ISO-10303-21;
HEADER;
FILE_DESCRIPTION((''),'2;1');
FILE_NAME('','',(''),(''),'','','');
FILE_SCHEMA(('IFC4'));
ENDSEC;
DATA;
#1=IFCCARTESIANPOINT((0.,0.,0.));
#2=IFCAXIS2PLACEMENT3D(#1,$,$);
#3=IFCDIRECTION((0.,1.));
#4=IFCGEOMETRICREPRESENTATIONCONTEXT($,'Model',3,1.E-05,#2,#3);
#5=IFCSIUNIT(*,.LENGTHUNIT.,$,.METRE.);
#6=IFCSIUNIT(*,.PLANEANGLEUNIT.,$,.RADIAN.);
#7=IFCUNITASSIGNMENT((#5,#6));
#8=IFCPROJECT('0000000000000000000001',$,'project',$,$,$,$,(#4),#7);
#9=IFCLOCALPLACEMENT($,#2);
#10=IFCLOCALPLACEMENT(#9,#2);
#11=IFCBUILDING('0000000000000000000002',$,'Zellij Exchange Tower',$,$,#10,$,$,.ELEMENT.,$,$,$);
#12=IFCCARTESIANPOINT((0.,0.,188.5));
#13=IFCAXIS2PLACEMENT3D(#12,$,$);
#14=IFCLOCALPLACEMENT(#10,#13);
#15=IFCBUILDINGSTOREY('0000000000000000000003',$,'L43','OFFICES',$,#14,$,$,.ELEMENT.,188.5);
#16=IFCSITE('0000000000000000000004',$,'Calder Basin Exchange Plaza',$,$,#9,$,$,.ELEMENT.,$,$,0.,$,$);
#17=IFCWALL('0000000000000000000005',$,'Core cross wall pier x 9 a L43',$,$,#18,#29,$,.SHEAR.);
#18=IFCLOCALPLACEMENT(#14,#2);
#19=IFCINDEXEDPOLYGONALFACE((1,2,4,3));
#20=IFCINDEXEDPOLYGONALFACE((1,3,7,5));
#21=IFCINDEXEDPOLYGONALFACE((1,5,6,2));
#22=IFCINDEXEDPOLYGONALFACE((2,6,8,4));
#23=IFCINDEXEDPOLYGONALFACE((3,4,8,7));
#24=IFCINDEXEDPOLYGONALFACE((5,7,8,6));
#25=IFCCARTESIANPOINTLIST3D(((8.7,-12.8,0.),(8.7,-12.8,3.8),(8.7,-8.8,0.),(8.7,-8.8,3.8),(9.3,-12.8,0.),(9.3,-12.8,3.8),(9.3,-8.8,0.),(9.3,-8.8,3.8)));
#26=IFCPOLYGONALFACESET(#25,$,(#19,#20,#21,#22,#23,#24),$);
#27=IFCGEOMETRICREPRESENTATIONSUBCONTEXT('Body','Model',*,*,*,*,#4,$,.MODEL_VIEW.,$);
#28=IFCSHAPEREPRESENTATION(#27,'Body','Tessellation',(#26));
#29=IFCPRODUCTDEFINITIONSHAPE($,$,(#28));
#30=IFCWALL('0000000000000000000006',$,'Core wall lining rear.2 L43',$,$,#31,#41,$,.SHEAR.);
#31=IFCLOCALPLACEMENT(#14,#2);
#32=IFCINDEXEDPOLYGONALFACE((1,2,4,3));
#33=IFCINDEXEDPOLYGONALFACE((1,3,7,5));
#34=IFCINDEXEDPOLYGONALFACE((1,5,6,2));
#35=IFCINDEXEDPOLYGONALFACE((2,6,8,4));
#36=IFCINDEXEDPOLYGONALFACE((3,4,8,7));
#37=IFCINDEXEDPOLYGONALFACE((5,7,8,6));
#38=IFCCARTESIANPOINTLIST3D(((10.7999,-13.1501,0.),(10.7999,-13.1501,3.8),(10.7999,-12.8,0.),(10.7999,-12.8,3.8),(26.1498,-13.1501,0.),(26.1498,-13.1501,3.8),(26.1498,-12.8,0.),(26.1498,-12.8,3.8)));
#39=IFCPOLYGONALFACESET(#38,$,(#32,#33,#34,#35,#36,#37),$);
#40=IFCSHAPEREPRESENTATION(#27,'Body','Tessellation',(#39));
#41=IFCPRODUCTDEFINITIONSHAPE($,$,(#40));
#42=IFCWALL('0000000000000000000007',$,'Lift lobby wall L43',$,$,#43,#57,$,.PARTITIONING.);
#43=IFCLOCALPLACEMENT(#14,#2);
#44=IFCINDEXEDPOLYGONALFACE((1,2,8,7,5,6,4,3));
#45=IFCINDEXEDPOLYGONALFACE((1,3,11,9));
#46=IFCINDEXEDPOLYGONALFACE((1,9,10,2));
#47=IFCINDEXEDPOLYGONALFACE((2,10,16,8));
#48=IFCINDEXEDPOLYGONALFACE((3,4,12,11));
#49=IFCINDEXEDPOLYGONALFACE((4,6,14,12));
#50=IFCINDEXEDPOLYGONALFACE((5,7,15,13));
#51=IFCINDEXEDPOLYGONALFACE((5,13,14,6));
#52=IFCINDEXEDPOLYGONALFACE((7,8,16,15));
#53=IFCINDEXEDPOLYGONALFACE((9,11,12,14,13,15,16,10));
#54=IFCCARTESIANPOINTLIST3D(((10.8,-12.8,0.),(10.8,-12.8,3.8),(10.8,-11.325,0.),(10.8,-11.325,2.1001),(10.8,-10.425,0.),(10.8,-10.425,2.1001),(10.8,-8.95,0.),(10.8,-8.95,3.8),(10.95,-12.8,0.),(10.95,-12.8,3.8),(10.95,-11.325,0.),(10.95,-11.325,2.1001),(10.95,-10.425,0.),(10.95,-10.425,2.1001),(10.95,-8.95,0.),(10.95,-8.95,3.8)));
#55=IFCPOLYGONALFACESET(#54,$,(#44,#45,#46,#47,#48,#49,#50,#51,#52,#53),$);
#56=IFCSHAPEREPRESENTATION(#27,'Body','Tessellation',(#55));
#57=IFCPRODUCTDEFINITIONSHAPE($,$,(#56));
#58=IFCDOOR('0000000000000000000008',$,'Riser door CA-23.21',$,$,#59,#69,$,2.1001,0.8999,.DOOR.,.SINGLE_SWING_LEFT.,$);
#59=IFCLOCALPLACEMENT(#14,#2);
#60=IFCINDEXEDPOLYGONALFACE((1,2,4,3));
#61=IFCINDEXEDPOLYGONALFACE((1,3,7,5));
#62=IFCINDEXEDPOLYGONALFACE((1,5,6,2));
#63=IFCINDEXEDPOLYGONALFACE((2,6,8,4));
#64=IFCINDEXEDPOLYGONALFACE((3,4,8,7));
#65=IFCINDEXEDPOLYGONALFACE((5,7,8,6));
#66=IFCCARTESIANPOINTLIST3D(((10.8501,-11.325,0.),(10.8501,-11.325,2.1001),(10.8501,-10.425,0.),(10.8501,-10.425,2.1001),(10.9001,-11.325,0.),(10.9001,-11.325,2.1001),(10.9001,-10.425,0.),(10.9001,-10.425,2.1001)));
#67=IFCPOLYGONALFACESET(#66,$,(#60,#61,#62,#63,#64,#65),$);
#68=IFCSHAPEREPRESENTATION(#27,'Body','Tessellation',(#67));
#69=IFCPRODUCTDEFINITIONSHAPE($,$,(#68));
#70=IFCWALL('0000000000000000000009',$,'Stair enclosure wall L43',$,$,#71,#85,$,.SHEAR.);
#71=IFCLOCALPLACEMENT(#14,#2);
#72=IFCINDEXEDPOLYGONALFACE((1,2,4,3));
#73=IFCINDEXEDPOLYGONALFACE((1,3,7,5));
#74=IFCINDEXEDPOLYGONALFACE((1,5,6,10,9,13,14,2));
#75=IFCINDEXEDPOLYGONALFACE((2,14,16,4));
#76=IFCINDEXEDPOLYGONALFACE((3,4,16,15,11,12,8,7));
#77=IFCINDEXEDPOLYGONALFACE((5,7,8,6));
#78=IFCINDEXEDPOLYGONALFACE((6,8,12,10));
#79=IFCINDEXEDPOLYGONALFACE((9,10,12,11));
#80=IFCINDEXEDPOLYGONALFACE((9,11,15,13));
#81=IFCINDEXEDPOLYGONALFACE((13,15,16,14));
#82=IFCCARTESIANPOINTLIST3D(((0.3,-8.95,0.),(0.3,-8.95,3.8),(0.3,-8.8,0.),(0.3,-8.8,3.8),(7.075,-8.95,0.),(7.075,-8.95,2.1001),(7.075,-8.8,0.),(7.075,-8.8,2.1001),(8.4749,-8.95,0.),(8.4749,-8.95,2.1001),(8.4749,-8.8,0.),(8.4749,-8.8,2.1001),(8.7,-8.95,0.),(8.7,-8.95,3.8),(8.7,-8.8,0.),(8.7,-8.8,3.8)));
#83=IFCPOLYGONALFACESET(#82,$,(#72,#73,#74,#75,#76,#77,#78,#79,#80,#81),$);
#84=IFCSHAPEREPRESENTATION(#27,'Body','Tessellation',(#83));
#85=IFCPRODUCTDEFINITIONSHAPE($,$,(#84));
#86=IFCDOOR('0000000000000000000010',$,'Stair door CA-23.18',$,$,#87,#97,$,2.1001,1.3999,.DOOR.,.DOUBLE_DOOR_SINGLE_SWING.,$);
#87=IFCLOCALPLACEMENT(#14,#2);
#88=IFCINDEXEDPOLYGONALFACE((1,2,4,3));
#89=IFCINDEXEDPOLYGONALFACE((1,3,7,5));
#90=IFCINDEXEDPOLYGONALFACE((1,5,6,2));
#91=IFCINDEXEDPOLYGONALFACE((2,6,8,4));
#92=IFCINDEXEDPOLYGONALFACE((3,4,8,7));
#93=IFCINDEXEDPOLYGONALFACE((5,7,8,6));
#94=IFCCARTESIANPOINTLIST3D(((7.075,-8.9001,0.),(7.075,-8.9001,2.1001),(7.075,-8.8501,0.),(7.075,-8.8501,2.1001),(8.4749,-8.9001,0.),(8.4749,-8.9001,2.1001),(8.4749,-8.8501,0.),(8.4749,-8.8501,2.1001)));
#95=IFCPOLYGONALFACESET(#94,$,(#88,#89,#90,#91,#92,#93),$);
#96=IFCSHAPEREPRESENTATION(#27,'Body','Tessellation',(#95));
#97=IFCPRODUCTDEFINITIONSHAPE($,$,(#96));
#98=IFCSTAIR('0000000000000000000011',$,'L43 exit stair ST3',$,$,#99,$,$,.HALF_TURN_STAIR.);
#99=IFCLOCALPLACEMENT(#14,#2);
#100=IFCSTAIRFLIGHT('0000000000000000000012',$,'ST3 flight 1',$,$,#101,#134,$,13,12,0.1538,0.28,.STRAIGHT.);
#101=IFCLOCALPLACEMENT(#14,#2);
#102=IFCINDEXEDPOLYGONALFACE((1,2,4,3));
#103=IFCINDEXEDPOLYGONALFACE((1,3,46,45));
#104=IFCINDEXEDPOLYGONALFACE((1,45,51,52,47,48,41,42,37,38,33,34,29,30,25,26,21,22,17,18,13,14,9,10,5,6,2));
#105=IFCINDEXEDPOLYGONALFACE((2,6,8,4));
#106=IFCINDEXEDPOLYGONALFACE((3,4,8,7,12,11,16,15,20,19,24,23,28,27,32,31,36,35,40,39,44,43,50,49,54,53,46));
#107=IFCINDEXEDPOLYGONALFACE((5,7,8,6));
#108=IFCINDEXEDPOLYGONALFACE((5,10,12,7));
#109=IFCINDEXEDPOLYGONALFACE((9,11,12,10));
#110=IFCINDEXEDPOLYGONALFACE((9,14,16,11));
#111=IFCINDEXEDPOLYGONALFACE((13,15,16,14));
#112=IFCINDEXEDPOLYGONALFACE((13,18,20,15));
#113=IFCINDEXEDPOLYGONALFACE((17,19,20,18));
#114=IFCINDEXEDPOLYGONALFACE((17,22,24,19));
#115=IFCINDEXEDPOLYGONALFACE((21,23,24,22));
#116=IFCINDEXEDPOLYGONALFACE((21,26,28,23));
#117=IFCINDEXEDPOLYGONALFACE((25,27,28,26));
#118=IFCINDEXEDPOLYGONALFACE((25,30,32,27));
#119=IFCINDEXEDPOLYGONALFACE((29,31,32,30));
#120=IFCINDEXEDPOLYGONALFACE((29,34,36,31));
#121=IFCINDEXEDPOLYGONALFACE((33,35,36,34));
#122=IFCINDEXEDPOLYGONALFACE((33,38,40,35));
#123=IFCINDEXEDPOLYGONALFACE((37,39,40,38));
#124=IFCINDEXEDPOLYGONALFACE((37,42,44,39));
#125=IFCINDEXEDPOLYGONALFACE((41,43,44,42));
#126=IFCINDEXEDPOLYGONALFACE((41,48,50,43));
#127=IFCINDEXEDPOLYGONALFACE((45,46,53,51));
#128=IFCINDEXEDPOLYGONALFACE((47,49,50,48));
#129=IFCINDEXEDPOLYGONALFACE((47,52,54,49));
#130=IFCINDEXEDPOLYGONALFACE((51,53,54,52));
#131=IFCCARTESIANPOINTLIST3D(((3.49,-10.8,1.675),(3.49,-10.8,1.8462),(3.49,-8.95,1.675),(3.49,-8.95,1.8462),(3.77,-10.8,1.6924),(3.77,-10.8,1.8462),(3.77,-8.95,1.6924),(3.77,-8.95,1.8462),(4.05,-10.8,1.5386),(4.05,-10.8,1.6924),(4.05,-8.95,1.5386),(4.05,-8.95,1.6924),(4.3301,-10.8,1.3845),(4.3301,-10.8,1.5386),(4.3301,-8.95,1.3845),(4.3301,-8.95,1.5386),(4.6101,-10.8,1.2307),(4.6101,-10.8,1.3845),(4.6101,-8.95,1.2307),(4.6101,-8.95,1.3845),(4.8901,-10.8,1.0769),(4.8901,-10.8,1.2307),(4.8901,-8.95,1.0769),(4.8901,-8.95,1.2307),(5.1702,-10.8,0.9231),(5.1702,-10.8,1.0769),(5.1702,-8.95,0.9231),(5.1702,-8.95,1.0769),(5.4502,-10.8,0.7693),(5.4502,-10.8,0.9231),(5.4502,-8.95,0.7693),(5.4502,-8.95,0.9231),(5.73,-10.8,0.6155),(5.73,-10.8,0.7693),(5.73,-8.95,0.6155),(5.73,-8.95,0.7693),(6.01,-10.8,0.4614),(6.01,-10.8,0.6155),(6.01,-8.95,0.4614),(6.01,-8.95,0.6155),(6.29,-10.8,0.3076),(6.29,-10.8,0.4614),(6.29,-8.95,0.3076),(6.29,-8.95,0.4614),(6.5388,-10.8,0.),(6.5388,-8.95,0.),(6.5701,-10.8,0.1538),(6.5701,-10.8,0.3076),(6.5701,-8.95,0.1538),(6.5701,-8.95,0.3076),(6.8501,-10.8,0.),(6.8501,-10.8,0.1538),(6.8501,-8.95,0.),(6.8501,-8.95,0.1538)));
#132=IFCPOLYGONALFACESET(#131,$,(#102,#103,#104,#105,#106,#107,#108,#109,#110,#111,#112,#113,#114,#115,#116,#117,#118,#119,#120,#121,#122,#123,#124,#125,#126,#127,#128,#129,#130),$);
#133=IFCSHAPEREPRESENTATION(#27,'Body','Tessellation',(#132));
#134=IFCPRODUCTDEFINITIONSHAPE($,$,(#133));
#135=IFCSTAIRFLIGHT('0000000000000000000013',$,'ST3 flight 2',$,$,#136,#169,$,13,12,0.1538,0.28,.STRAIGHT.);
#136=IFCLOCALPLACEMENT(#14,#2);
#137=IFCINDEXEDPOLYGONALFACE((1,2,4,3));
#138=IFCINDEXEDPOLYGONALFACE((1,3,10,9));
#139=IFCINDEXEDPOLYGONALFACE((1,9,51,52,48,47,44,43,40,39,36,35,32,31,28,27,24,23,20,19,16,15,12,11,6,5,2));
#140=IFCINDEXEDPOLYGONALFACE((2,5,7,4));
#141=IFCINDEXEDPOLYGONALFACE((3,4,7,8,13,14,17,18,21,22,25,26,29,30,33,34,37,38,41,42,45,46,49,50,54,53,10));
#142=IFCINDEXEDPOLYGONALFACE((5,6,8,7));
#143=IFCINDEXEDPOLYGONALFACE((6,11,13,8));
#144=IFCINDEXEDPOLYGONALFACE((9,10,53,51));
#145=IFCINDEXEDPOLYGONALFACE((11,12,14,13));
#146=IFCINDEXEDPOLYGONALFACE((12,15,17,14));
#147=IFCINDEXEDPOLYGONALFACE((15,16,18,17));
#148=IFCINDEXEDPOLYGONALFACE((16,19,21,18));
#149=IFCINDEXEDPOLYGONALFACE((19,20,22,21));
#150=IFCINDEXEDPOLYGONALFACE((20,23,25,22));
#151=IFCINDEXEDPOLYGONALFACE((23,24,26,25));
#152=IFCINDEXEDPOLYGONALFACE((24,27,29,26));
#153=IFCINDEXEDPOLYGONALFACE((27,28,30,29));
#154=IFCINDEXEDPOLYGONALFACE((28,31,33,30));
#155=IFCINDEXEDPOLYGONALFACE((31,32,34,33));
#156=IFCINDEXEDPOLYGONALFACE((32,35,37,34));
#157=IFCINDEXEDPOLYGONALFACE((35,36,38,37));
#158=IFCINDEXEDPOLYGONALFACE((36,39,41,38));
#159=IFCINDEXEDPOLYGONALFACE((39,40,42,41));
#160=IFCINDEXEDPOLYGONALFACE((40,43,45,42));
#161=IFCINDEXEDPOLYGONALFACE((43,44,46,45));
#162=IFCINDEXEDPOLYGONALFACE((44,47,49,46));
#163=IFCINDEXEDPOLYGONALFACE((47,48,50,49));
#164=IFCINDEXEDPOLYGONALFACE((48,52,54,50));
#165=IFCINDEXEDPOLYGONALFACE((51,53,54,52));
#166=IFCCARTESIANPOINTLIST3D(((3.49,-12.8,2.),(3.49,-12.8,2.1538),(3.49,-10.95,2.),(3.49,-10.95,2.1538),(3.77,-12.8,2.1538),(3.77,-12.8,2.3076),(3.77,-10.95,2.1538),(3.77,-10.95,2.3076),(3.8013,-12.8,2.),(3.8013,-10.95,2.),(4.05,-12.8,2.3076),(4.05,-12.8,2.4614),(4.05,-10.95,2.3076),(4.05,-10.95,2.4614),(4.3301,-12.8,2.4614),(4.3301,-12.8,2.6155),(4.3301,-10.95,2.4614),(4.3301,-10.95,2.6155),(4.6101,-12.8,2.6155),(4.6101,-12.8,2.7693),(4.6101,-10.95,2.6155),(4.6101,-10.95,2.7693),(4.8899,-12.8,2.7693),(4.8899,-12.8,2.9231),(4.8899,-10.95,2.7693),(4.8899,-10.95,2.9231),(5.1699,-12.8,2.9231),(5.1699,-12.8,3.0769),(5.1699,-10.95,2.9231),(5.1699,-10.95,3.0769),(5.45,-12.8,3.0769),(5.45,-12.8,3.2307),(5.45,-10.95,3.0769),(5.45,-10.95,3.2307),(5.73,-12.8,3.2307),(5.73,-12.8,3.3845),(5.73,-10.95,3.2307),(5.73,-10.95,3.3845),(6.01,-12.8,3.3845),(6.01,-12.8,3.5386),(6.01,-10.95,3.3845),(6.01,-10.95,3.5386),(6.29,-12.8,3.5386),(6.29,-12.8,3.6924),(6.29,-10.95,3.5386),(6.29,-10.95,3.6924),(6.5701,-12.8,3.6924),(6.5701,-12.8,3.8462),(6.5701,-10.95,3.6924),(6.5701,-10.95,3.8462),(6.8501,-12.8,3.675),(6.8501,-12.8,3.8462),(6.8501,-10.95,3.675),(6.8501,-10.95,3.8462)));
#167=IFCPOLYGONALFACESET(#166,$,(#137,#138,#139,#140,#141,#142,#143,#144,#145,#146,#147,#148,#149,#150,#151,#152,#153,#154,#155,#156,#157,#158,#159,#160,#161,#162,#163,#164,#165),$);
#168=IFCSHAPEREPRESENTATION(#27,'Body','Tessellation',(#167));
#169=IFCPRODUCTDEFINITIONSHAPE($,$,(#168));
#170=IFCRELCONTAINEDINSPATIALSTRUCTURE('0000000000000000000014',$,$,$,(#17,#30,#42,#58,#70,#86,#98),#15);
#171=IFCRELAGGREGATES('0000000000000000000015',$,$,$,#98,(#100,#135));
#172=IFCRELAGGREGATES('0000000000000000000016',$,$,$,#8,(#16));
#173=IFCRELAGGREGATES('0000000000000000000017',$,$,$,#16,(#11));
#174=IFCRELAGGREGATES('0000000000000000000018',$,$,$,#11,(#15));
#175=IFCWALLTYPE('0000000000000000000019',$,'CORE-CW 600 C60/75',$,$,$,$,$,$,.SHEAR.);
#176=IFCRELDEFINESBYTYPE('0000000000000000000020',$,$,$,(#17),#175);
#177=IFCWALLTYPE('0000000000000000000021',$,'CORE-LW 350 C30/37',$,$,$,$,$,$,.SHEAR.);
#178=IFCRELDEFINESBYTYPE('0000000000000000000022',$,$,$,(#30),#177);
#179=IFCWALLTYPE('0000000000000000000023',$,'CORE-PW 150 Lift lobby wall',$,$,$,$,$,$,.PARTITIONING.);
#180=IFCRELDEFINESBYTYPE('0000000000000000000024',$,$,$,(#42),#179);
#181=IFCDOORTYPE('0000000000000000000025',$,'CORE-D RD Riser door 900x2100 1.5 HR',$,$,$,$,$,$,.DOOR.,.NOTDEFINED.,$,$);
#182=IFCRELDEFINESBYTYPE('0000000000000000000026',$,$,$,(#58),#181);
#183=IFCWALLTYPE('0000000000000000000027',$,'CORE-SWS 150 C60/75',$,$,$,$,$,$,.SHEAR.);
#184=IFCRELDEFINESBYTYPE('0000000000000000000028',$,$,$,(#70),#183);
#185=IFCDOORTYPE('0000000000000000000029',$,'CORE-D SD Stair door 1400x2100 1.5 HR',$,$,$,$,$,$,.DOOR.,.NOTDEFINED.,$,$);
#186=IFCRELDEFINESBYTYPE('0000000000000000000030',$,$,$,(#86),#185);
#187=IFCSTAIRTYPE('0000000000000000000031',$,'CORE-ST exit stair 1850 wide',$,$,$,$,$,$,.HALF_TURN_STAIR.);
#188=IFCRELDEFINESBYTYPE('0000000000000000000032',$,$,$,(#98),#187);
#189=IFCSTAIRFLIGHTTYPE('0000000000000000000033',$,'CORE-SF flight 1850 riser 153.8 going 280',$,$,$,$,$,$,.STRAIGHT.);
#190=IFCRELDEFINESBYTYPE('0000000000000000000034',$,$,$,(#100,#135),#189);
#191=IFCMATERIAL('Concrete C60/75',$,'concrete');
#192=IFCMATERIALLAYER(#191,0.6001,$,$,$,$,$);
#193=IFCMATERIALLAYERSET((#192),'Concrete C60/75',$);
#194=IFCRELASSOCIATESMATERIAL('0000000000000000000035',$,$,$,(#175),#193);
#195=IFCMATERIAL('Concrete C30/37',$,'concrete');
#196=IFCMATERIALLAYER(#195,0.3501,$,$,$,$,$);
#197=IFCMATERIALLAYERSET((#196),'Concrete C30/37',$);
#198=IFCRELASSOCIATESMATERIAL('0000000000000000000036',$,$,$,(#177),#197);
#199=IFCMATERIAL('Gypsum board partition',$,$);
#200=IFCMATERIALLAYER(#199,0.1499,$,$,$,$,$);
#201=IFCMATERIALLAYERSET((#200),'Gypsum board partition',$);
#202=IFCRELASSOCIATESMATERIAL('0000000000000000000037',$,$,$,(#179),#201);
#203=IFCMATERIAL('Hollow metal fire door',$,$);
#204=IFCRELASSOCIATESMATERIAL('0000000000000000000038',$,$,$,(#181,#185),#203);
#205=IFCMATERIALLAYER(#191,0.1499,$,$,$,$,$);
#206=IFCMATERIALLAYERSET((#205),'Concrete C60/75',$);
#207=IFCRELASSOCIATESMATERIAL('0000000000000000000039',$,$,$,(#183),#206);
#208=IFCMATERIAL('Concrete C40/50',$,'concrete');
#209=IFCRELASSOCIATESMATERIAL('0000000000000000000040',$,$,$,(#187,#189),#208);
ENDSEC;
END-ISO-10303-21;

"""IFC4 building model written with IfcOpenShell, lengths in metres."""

from ifc_helpers import new_model, si_unit, direction, frame, frame_2d, origin, place, context, subcontext, project, spatial, polyline, rectangle, outline, extrude, material, layer, layer_set, type_object, element, fill, aggregate, save


model = new_model("IFC4")

# Units and contexts
model_context = context("Model", 3, precision=1e-05, world=origin(), true_north=direction((0.0, 1.0)))
body_context = subcontext(model_context, "Body", "Model", "MODEL_VIEW")
ifc_project = project(units=[si_unit("LENGTHUNIT", "METRE"), si_unit("PLANEANGLEUNIT", "RADIAN")], contexts=[model_context])

# Site, building, storey
site_placement = place(None, origin())
site = spatial("IfcSite", under=ifc_project, at=site_placement, Name="Calder Basin Exchange Plaza", CompositionType="ELEMENT", RefElevation=0.0)
building_placement = place(site_placement, origin())
building = spatial("IfcBuilding", under=site, at=building_placement, Name="Zellij Exchange Tower", CompositionType="ELEMENT")
storey_placement = place(building_placement, frame((0.0, 0.0, 188.5)))
storey = spatial("IfcBuildingStorey", under=building, at=storey_placement, Name="L43", Description="OFFICES", CompositionType="ELEMENT", Elevation=188.5)

# Walls
ifc_material_1 = material(Name="Concrete C60/75", Category="concrete")
ifc_layer_1 = layer(ifc_material_1, 0.6001)
ifc_layer_set_1 = layer_set([ifc_layer_1], Name="Concrete C60/75")
wall_type_1 = type_object("IfcWallType", Name="CORE-CW 600 C60/75", PredefinedType="SHEAR", material=ifc_layer_set_1)
wall_1_placement = place(storey_placement, frame((9.0, -12.8, 0.0), z_axis=(0.0, 0.0, 1.0), x_axis=(0.0, 1.0, 0.0)))
element("IfcWall", 1, at=wall_1_placement, inside=storey, type_object=wall_type_1, Name="Core cross wall pier x 9 a L43", PredefinedType="SHEAR", context=body_context, shape_type="SweptSolid", body=[
    extrude(rectangle(XDim=4.0, YDim=0.6001, at=frame_2d((2.0, 0.0))), origin(), (0.0, 0.0, 1.0), 3.8),
])
ifc_material_2 = material(Name="Concrete C30/37", Category="concrete")
ifc_layer_2 = layer(ifc_material_2, 0.3501)
ifc_layer_set_2 = layer_set([ifc_layer_2], Name="Concrete C30/37")
wall_type_2 = type_object("IfcWallType", Name="CORE-LW 350 C30/37", PredefinedType="SHEAR", material=ifc_layer_set_2)
wall_2_placement = place(storey_placement, frame((10.8, -12.9751, 0.0), z_axis=(0.0, 0.0, 1.0), x_axis=(1.0, 0.0, 0.0)))
element("IfcWall", 2, at=wall_2_placement, inside=storey, type_object=wall_type_2, Name="Core wall lining rear.2 L43", PredefinedType="SHEAR", context=body_context, shape_type="SweptSolid", body=[
    extrude(rectangle(XDim=15.3499, YDim=0.3501, at=frame_2d((7.6748, 0.0))), origin(), (0.0, 0.0, 1.0), 3.8),
])

# Walls, openings, doors
ifc_material_3 = material(Name="Gypsum board partition")
ifc_layer_3 = layer(ifc_material_3, 0.1499)
ifc_layer_set_3 = layer_set([ifc_layer_3], Name="Gypsum board partition")
wall_type_3 = type_object("IfcWallType", Name="CORE-PW 150 Lift lobby wall", PredefinedType="PARTITIONING", material=ifc_layer_set_3)
wall_3_placement = place(storey_placement, frame((10.875, -12.8, 0.0), z_axis=(0.0, 0.0, 1.0), x_axis=(0.0, 1.0, 0.0)))
wall_3 = element("IfcWall", 3, at=wall_3_placement, inside=storey, type_object=wall_type_3, Name="Lift lobby wall L43", PredefinedType="PARTITIONING", context=body_context, shape_type="SweptSolid", body=[
    extrude(rectangle(XDim=3.8501, YDim=0.1499, at=frame_2d((1.925, 0.0))), origin(), (0.0, 0.0, 1.0), 3.8),
])
opening_1_placement = place(wall_3_placement, frame((1.4751, 0.0, 0.0)))
opening_1 = element("IfcOpeningElement", 4, at=opening_1_placement, cuts=wall_3, PredefinedType="OPENING", context=body_context, shape_type="SweptSolid", body=[
    extrude(rectangle(XDim=0.8999, YDim=2.1001, at=frame_2d((0.45, 1.05))), frame((0.0, 0.0869, 0.0), z_axis=(0.0, -1.0, 0.0), x_axis=(1.0, 0.0, 0.0)), (0.0, 0.0, 1.0), 0.1738),
])
ifc_material_4 = material(Name="Hollow metal fire door")
door_type_1 = type_object("IfcDoorType", Name="CORE-D RD Riser door 900x2100 1.5 HR", OperationType="NOTDEFINED", PredefinedType="DOOR", material=ifc_material_4)
door_1_placement = place(opening_1_placement, origin())
door_1 = element("IfcDoor", 5, at=door_1_placement, inside=storey, type_object=door_type_1, Name="Riser door CA-23.21", OperationType="SINGLE_SWING_LEFT", OverallHeight=2.1001, OverallWidth=0.8999, PredefinedType="DOOR", context=body_context, shape_type="SweptSolid", body=[
    extrude(rectangle(XDim=0.8999, YDim=2.1001, at=frame_2d((0.45, 1.05))), frame((0.0, 0.0249, 0.0), z_axis=(0.0, -1.0, 0.0), x_axis=(1.0, 0.0, 0.0)), (0.0, 0.0, 1.0), 0.05),
])
fill(opening_1, door_1)
ifc_layer_4 = layer(ifc_material_1, 0.1499)
ifc_layer_set_4 = layer_set([ifc_layer_4], Name="Concrete C60/75")
wall_type_4 = type_object("IfcWallType", Name="CORE-SWS 150 C60/75", PredefinedType="SHEAR", material=ifc_layer_set_4)
wall_4_placement = place(storey_placement, frame((0.3, -8.875, 0.0), z_axis=(0.0, 0.0, 1.0), x_axis=(1.0, 0.0, 0.0)))
wall_4 = element("IfcWall", 6, at=wall_4_placement, inside=storey, type_object=wall_type_4, Name="Stair enclosure wall L43", PredefinedType="SHEAR", context=body_context, shape_type="SweptSolid", body=[
    extrude(rectangle(XDim=8.3999, YDim=0.1499, at=frame_2d((4.2, 0.0))), origin(), (0.0, 0.0, 1.0), 3.8),
])
opening_2_placement = place(wall_4_placement, frame((6.7749, 0.0, 0.0)))
opening_2 = element("IfcOpeningElement", 7, at=opening_2_placement, cuts=wall_4, PredefinedType="OPENING", context=body_context, shape_type="SweptSolid", body=[
    extrude(rectangle(XDim=1.3999, YDim=2.1001, at=frame_2d((0.7, 1.05))), frame((0.0, 0.0869, 0.0), z_axis=(0.0, -1.0, 0.0), x_axis=(1.0, 0.0, 0.0)), (0.0, 0.0, 1.0), 0.1738),
])
door_type_2 = type_object("IfcDoorType", Name="CORE-D SD Stair door 1400x2100 1.5 HR", OperationType="NOTDEFINED", PredefinedType="DOOR", material=ifc_material_4)
door_2_placement = place(opening_2_placement, origin())
door_2 = element("IfcDoor", 8, at=door_2_placement, inside=storey, type_object=door_type_2, Name="Stair door CA-23.18", OperationType="DOUBLE_DOOR_SINGLE_SWING", OverallHeight=2.1001, OverallWidth=1.3999, PredefinedType="DOOR", context=body_context, shape_type="SweptSolid", body=[
    extrude(rectangle(XDim=1.3999, YDim=2.1001, at=frame_2d((0.7, 1.05))), frame((0.0, 0.0249, 0.0), z_axis=(0.0, -1.0, 0.0), x_axis=(1.0, 0.0, 0.0)), (0.0, 0.0, 1.0), 0.05),
])
fill(opening_2, door_2)

# Stair, stair flights
ifc_material_5 = material(Name="Concrete C40/50", Category="concrete")
stair_type = type_object("IfcStairType", Name="CORE-ST exit stair 1850 wide", PredefinedType="HALF_TURN_STAIR", material=ifc_material_5)
stair_placement = place(storey_placement, origin())
stair = element("IfcStair", 9, at=stair_placement, inside=storey, type_object=stair_type, Name="L43 exit stair ST3", PredefinedType="HALF_TURN_STAIR")
stair_flight_type = type_object("IfcStairFlightType", Name="CORE-SF flight 1850 riser 153.8 going 280", PredefinedType="STRAIGHT", material=ifc_material_5)
stair_flight_1_placement = place(storey_placement, frame((6.8501, -9.875, 0.0), z_axis=(0.0, 0.0, 1.0), x_axis=(-1.0, 0.0, 0.0)))
stair_flight_1 = element("IfcStairFlight", 10, at=stair_flight_1_placement, type_object=stair_flight_type, Name="ST3 flight 1", NumberOfRisers=13, NumberOfTreads=12, PredefinedType="STRAIGHT", RiserHeight=0.1538, TreadLength=0.28, context=body_context, shape_type="SweptSolid", body=[
    extrude(outline(polyline([(0.0, 0.0), (0.0, 0.1538), (0.28, 0.1538), (0.28, 0.3076), (0.5601, 0.3076), (0.5601, 0.4614), (0.8401, 0.4614), (0.8401, 0.6155), (1.1201, 0.6155), (1.1201, 0.7693), (1.3999, 0.7693), (1.3999, 0.9231), (1.6799, 0.9231), (1.6799, 1.0769), (1.96, 1.0769), (1.96, 1.2307), (2.24, 1.2307), (2.24, 1.3845), (2.52, 1.3845), (2.52, 1.5386), (2.8, 1.5386), (2.8, 1.6924), (3.0801, 1.6924), (3.0801, 1.8462), (3.3601, 1.8462), (3.3601, 2.0), (3.3601, 1.675), (0.3113, 0.0), (0.0, 0.0)])), frame((0.0, 0.925, 0.0), z_axis=(0.0, -1.0, 0.0), x_axis=(1.0, 0.0, 0.0)), (0.0, 0.0, 1.0), 1.8501),
])
stair_flight_2_placement = place(storey_placement, frame((3.49, -11.875, 2.0), z_axis=(0.0, 0.0, 1.0), x_axis=(1.0, 0.0, 0.0)))
stair_flight_2 = element("IfcStairFlight", 11, at=stair_flight_2_placement, type_object=stair_flight_type, Name="ST3 flight 2", NumberOfRisers=13, NumberOfTreads=12, PredefinedType="STRAIGHT", RiserHeight=0.1538, TreadLength=0.28, context=body_context, shape_type="SweptSolid", body=[
    extrude(outline(polyline([(0.0, 0.0), (0.0, 0.1538), (0.28, 0.1538), (0.28, 0.3076), (0.5601, 0.3076), (0.5601, 0.4614), (0.8401, 0.4614), (0.8401, 0.6155), (1.1201, 0.6155), (1.1201, 0.7693), (1.3999, 0.7693), (1.3999, 0.9231), (1.6799, 0.9231), (1.6799, 1.0769), (1.96, 1.0769), (1.96, 1.2307), (2.24, 1.2307), (2.24, 1.3845), (2.52, 1.3845), (2.52, 1.5386), (2.8, 1.5386), (2.8, 1.6924), (3.0801, 1.6924), (3.0801, 1.8462), (3.3601, 1.8462), (3.3601, 2.0), (3.3601, 1.675), (0.3113, 0.0), (0.0, 0.0)])), frame((0.0, 0.925, 0.0), z_axis=(0.0, -1.0, 0.0), x_axis=(1.0, 0.0, 0.0)), (0.0, 0.0, 1.0), 1.8501),
])
aggregate(stair, [stair_flight_1, stair_flight_2])

save(model, "model.ifc")
